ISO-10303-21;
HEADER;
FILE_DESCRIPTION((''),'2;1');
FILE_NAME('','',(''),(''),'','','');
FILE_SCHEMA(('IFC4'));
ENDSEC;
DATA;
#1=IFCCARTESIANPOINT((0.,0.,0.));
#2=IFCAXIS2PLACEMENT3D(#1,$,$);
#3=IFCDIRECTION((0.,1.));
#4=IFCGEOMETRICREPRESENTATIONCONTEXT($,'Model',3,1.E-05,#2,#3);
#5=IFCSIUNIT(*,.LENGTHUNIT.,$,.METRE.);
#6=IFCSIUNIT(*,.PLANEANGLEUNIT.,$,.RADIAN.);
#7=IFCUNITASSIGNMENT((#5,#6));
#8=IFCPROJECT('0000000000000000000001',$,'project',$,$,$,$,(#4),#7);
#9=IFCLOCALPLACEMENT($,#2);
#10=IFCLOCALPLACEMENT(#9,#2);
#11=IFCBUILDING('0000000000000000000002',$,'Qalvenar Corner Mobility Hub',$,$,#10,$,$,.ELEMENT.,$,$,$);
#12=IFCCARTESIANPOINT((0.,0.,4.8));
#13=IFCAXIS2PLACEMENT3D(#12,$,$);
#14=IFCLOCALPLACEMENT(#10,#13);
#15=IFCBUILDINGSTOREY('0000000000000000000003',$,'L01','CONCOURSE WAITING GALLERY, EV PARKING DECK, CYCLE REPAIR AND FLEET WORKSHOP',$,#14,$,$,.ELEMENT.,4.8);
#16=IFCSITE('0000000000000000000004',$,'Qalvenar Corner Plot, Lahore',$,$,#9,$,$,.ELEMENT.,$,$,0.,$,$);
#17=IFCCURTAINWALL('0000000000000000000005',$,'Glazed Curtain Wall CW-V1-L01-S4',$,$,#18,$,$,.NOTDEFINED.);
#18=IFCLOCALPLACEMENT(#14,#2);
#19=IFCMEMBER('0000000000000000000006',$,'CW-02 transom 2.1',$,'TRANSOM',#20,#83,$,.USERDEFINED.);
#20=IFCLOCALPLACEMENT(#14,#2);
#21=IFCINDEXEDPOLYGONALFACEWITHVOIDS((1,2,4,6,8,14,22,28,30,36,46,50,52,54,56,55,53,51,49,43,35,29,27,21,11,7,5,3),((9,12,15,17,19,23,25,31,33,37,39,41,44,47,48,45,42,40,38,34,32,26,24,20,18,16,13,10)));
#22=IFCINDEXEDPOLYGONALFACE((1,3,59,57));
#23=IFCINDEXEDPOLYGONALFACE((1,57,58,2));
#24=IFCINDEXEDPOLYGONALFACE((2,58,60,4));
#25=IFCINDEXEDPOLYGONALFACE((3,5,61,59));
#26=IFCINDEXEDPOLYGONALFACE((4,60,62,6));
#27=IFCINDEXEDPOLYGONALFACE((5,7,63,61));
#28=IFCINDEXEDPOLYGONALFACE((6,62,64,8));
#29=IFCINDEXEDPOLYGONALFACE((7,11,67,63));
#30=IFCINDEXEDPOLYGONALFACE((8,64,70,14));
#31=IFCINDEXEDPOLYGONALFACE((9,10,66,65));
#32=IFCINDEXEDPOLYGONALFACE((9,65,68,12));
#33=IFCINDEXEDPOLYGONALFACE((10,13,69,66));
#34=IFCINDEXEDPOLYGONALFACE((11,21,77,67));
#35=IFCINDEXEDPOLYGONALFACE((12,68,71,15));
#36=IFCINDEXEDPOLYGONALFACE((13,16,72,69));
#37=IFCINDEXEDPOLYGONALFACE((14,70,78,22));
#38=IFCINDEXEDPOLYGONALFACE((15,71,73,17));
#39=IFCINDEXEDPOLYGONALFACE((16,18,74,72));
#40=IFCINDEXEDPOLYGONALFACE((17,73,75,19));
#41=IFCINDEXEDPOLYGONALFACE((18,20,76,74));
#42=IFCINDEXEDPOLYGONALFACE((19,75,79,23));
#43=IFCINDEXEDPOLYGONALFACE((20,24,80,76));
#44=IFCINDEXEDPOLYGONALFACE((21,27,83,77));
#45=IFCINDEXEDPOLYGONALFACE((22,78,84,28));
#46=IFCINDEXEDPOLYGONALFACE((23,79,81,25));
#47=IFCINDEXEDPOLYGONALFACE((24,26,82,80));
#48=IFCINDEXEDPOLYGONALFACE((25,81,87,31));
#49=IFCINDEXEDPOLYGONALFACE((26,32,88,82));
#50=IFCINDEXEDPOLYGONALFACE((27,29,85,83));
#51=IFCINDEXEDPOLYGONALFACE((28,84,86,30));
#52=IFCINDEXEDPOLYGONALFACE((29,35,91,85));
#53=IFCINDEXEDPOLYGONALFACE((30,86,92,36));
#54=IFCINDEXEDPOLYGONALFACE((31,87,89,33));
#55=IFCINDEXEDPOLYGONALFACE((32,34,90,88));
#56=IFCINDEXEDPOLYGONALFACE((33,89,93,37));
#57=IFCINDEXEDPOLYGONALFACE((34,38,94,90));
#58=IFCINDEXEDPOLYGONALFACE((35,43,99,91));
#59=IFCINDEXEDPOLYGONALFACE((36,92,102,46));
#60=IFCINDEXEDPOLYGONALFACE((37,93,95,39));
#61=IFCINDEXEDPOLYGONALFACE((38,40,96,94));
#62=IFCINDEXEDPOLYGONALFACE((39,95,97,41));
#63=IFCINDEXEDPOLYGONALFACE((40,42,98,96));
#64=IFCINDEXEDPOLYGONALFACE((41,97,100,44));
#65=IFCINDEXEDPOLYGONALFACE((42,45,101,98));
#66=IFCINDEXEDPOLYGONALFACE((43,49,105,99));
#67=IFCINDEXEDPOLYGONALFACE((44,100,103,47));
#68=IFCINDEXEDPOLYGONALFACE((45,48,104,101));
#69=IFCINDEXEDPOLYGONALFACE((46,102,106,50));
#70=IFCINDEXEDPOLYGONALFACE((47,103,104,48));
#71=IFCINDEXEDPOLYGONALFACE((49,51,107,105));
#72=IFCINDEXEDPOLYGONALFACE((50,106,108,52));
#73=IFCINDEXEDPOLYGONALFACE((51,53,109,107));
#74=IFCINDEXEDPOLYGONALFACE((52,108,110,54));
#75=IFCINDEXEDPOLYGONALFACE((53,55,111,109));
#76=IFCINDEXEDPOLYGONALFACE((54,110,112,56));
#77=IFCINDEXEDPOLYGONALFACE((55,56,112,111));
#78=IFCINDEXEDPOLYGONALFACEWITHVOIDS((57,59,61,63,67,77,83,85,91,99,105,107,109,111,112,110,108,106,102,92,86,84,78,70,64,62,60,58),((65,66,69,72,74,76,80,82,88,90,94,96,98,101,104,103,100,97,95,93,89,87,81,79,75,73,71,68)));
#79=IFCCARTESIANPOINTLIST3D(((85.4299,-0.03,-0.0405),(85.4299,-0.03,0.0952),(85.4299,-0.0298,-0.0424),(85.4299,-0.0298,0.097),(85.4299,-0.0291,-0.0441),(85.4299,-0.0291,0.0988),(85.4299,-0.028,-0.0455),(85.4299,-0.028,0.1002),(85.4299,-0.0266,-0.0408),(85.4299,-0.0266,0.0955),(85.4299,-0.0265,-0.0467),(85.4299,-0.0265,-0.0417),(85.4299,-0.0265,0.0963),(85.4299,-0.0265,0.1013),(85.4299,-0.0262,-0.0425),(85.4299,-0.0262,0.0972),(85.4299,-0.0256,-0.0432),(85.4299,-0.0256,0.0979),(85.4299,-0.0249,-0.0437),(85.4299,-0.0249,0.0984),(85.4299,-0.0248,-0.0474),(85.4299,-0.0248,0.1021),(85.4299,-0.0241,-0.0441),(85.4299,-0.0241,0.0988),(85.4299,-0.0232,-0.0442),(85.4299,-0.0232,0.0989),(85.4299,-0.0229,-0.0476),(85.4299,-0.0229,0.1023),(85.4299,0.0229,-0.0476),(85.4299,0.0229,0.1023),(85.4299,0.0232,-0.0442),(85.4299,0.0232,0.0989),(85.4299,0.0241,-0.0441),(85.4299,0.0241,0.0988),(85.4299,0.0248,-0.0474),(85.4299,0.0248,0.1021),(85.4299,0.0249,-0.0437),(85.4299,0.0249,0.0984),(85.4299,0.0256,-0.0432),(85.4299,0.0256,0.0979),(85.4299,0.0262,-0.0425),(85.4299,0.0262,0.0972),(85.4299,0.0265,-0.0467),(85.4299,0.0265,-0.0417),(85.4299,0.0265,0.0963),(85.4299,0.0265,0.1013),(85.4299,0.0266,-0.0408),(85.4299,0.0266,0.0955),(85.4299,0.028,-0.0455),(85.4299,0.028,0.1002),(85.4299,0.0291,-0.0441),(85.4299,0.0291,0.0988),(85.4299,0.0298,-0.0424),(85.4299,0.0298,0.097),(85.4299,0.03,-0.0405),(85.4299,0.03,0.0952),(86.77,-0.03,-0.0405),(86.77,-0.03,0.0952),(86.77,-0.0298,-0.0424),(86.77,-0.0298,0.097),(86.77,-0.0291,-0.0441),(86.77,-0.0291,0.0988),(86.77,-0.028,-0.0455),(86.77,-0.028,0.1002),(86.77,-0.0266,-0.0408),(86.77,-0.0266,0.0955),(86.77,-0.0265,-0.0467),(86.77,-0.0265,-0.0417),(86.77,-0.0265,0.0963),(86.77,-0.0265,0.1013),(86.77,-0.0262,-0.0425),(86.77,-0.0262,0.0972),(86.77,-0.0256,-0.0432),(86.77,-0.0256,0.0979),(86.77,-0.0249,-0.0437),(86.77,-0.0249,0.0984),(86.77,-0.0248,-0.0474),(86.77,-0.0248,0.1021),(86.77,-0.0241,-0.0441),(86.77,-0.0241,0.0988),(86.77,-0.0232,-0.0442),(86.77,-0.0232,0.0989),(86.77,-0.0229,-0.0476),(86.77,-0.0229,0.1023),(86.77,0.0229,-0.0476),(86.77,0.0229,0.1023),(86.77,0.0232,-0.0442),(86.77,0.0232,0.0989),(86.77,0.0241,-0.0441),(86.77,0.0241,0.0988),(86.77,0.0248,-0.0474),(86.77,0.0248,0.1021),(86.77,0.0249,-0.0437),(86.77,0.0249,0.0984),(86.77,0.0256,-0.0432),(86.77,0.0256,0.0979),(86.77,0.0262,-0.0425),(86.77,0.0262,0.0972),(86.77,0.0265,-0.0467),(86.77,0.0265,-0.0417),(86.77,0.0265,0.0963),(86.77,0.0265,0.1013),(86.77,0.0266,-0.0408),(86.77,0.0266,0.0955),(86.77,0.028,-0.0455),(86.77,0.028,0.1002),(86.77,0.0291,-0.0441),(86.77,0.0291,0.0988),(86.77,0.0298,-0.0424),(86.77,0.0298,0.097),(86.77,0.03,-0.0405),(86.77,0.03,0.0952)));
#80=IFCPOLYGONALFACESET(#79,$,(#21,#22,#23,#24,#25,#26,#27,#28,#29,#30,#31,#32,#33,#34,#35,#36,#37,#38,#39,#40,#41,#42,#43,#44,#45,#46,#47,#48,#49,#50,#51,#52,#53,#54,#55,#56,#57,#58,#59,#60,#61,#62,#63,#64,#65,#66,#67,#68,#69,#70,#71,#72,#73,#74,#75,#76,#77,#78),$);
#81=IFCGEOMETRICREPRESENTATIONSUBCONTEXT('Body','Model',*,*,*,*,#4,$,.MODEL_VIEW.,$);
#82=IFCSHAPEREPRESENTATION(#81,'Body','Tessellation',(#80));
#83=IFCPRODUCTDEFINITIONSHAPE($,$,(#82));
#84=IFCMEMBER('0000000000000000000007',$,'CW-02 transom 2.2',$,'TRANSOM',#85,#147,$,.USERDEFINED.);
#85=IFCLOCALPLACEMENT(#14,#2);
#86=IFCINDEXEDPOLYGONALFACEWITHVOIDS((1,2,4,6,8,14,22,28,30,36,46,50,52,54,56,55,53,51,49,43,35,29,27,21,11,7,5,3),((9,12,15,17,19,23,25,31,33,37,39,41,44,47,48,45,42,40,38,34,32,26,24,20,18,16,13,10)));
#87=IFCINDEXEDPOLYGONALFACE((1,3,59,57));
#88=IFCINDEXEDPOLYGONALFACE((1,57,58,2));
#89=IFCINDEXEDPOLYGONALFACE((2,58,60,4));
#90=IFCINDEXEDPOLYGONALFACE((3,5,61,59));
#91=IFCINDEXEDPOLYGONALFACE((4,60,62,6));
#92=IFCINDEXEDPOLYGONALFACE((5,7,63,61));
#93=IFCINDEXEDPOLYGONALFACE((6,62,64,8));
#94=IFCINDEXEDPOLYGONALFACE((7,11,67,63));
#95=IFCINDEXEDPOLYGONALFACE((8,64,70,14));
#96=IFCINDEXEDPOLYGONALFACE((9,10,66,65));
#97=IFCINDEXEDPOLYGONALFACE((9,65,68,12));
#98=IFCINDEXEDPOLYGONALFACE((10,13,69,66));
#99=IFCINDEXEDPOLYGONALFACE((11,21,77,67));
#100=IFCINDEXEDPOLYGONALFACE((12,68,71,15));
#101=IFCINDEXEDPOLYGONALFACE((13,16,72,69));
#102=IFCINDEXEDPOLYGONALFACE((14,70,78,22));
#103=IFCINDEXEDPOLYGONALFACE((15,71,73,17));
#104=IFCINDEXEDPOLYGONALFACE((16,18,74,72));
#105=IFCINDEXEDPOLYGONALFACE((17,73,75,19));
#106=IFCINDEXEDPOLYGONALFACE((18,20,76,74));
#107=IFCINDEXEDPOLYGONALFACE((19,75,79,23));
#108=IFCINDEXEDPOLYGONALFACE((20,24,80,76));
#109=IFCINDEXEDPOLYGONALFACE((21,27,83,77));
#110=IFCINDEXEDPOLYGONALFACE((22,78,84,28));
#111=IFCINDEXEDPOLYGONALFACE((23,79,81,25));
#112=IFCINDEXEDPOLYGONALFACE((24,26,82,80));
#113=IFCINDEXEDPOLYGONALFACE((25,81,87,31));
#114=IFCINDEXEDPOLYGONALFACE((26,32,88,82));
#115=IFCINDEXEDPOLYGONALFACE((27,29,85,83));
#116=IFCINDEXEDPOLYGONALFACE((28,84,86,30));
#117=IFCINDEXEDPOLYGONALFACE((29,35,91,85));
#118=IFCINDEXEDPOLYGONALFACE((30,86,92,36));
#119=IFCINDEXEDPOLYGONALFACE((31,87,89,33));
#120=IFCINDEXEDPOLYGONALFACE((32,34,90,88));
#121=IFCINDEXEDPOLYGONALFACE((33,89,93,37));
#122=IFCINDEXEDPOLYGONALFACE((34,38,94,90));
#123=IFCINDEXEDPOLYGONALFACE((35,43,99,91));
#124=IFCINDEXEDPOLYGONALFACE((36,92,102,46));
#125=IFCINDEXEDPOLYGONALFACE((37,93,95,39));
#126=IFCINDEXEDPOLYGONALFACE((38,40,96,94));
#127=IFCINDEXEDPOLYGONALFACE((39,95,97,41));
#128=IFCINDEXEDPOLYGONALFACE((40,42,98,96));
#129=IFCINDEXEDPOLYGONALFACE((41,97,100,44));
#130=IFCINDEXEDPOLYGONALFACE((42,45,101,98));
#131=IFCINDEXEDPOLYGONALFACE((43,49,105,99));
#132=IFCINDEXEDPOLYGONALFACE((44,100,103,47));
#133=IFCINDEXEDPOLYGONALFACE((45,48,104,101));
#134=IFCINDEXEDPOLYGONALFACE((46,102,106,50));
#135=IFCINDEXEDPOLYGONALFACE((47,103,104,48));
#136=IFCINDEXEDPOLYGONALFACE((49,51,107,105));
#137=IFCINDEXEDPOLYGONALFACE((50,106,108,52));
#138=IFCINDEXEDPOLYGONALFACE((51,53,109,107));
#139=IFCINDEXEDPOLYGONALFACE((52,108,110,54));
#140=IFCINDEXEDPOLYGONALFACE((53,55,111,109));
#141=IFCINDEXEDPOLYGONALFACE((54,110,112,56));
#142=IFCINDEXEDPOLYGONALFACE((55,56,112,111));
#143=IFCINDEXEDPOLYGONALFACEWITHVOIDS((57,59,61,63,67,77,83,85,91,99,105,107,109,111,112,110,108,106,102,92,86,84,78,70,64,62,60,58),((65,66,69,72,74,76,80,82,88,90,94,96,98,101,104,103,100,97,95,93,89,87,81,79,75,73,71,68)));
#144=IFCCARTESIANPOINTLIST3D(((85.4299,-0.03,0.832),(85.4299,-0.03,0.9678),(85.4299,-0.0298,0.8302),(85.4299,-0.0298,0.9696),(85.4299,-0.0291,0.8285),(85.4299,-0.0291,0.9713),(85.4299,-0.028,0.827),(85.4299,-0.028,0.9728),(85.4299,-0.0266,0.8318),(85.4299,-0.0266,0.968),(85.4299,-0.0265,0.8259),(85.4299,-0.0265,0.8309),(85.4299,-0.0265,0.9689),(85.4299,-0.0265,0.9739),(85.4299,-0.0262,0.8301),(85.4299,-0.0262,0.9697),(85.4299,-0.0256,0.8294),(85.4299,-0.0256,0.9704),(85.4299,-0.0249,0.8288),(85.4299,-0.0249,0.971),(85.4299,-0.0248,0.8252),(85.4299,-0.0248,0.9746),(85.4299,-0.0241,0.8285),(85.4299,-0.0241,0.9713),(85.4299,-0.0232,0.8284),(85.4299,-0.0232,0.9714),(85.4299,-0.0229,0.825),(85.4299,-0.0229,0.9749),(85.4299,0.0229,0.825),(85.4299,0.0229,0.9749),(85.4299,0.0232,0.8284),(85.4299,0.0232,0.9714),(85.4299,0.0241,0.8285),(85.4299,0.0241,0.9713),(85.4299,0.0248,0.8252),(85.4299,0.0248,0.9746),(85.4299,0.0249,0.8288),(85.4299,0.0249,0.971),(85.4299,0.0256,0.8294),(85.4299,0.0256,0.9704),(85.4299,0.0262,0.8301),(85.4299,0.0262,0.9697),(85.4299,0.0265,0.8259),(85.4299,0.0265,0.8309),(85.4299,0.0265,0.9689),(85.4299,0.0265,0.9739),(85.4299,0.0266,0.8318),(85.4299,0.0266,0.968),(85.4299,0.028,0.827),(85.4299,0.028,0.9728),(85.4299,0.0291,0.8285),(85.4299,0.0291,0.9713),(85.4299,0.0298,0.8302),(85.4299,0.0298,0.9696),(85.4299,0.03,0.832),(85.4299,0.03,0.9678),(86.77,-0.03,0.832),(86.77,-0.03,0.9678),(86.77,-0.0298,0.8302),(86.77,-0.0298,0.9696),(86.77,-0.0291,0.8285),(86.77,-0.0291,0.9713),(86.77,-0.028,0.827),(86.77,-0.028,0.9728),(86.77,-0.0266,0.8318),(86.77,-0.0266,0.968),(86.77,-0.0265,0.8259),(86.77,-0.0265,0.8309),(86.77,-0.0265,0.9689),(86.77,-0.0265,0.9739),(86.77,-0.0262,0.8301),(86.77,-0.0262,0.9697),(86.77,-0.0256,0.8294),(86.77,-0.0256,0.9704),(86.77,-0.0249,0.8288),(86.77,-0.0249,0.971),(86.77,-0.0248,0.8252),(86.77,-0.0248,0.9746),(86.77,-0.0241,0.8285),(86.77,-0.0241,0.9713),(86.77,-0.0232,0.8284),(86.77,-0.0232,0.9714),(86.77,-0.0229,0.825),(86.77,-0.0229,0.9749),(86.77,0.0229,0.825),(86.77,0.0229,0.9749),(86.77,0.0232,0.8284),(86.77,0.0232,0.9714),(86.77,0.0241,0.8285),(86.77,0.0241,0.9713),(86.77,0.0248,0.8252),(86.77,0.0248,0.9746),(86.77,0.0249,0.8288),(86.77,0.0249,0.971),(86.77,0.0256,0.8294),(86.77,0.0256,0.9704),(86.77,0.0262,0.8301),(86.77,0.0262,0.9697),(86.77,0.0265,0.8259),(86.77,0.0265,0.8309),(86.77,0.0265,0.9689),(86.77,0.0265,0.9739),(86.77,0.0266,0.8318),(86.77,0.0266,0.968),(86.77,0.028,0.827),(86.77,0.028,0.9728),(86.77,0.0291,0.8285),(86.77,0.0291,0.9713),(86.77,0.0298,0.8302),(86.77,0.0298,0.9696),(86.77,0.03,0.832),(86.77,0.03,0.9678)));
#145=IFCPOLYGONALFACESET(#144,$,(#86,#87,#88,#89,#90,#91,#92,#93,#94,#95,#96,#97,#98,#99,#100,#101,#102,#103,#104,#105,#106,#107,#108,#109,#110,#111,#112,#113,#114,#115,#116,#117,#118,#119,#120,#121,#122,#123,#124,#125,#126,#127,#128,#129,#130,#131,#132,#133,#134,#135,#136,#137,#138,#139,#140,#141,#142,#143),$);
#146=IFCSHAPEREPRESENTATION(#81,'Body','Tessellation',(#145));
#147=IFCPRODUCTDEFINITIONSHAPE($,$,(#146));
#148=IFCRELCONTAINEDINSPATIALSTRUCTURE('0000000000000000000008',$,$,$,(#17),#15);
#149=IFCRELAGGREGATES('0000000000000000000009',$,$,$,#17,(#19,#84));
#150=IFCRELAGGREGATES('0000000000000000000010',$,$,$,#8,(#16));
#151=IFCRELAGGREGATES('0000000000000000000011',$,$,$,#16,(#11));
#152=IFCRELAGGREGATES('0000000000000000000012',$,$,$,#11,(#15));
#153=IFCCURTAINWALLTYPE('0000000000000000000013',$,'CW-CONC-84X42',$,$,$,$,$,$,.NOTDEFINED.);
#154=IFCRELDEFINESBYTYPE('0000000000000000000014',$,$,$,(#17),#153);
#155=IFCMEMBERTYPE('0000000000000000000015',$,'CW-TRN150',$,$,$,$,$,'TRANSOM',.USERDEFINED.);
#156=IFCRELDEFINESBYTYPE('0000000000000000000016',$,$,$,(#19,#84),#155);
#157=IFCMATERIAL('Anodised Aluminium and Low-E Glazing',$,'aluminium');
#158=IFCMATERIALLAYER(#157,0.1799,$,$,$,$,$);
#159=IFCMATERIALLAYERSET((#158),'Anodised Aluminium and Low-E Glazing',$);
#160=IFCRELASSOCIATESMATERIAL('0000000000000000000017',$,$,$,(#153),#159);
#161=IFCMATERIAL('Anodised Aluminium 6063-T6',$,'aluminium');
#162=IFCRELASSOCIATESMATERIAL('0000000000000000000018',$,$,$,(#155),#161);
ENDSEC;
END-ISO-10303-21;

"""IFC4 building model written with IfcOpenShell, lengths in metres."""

from ifc_helpers import new_model, si_unit, direction, frame, origin, origin_2d, place, context, subcontext, project, spatial, hollow_rectangle, extrude, material, layer, layer_set, material_profile, profile_set, type_object, element, aggregate, save


model = new_model("IFC4")

# Units and contexts
model_context = context("Model", 3, precision=1e-05, world=origin(), true_north=direction((0.0, 1.0)))
body_context = subcontext(model_context, "Body", "Model", "MODEL_VIEW")
ifc_project = project(units=[si_unit("LENGTHUNIT", "METRE"), si_unit("PLANEANGLEUNIT", "RADIAN")], contexts=[model_context])

# Site, building, storey
site_placement = place(None, origin())
site = spatial("IfcSite", under=ifc_project, at=site_placement, Name="Qalvenar Corner Plot, Lahore", CompositionType="ELEMENT", RefElevation=0.0)
building_placement = place(site_placement, origin())
building = spatial("IfcBuilding", under=site, at=building_placement, Name="Qalvenar Corner Mobility Hub", CompositionType="ELEMENT")
storey_placement = place(building_placement, frame((0.0, 0.0, 4.8)))
storey = spatial("IfcBuildingStorey", under=building, at=storey_placement, Name="L01", Description="CONCOURSE WAITING GALLERY, EV PARKING DECK, CYCLE REPAIR AND FLEET WORKSHOP", CompositionType="ELEMENT", Elevation=4.8)

# Curtain wall
ifc_material_1 = material(Name="Anodised Aluminium and Low-E Glazing", Category="aluminium")
ifc_layer_1 = layer(ifc_material_1, 0.1799)
ifc_layer_set_1 = layer_set([ifc_layer_1], Name="Anodised Aluminium and Low-E Glazing")
curtain_wall_type = type_object("IfcCurtainWallType", Name="CW-CONC-84X42", PredefinedType="NOTDEFINED", material=ifc_layer_set_1)
ifc_material_2 = material(Name="Anodised Aluminium 6063-T6", Category="aluminium")
curtain_wall_1_placement = place(storey_placement, origin())
curtain_wall_1 = element("IfcCurtainWall", 1, at=curtain_wall_1_placement, inside=storey, type_object=curtain_wall_type, Name="Glazed Curtain Wall CW-V1-L01-S4", PredefinedType="NOTDEFINED")

# Members
ifc_material_profile_1 = material_profile(ifc_material_2, hollow_rectangle(XDim=0.0601, YDim=0.1499, WallThickness=0.0034, InnerFilletRadius=0.0034, OuterFilletRadius=0.0071, at=origin_2d()), Name="RHS150x60x3.5")
ifc_profile_set_1 = profile_set([ifc_material_profile_1], Name="Anodised Aluminium 6063-T6")
member_type_1 = type_object("IfcMemberType", Name="CW-TRN150", ElementType="TRANSOM", PredefinedType="USERDEFINED", material=ifc_profile_set_1)
member_1_placement = place(storey_placement, frame((85.4299, 0.0, 0.0273), z_axis=(1.0, 0.0, 0.0), x_axis=(0.0, 1.0, 0.0)))
member_1 = element("IfcMember", 2, at=member_1_placement, type_object=member_type_1, Name="CW-02 transom 2.1", ObjectType="TRANSOM", PredefinedType="USERDEFINED", context=body_context, shape_type="SweptSolid", body=[
    extrude(hollow_rectangle(XDim=0.0601, YDim=0.1499, WallThickness=0.0034, InnerFilletRadius=0.0034, OuterFilletRadius=0.0071, at=origin_2d()), origin(), (0.0, 0.0, 1.0), 1.3401),
])
member_2_placement = place(storey_placement, frame((85.4299, 0.0, 0.8999), z_axis=(1.0, 0.0, 0.0), x_axis=(0.0, 1.0, 0.0)))
member_2 = element("IfcMember", 3, at=member_2_placement, type_object=member_type_1, Name="CW-02 transom 2.2", ObjectType="TRANSOM", PredefinedType="USERDEFINED", context=body_context, shape_type="SweptSolid", body=[
    extrude(hollow_rectangle(XDim=0.0601, YDim=0.1499, WallThickness=0.0034, InnerFilletRadius=0.0034, OuterFilletRadius=0.0071, at=origin_2d()), origin(), (0.0, 0.0, 1.0), 1.3401),
])

aggregate(curtain_wall_1, [member_1, member_2])

save(model, "model.ifc")
